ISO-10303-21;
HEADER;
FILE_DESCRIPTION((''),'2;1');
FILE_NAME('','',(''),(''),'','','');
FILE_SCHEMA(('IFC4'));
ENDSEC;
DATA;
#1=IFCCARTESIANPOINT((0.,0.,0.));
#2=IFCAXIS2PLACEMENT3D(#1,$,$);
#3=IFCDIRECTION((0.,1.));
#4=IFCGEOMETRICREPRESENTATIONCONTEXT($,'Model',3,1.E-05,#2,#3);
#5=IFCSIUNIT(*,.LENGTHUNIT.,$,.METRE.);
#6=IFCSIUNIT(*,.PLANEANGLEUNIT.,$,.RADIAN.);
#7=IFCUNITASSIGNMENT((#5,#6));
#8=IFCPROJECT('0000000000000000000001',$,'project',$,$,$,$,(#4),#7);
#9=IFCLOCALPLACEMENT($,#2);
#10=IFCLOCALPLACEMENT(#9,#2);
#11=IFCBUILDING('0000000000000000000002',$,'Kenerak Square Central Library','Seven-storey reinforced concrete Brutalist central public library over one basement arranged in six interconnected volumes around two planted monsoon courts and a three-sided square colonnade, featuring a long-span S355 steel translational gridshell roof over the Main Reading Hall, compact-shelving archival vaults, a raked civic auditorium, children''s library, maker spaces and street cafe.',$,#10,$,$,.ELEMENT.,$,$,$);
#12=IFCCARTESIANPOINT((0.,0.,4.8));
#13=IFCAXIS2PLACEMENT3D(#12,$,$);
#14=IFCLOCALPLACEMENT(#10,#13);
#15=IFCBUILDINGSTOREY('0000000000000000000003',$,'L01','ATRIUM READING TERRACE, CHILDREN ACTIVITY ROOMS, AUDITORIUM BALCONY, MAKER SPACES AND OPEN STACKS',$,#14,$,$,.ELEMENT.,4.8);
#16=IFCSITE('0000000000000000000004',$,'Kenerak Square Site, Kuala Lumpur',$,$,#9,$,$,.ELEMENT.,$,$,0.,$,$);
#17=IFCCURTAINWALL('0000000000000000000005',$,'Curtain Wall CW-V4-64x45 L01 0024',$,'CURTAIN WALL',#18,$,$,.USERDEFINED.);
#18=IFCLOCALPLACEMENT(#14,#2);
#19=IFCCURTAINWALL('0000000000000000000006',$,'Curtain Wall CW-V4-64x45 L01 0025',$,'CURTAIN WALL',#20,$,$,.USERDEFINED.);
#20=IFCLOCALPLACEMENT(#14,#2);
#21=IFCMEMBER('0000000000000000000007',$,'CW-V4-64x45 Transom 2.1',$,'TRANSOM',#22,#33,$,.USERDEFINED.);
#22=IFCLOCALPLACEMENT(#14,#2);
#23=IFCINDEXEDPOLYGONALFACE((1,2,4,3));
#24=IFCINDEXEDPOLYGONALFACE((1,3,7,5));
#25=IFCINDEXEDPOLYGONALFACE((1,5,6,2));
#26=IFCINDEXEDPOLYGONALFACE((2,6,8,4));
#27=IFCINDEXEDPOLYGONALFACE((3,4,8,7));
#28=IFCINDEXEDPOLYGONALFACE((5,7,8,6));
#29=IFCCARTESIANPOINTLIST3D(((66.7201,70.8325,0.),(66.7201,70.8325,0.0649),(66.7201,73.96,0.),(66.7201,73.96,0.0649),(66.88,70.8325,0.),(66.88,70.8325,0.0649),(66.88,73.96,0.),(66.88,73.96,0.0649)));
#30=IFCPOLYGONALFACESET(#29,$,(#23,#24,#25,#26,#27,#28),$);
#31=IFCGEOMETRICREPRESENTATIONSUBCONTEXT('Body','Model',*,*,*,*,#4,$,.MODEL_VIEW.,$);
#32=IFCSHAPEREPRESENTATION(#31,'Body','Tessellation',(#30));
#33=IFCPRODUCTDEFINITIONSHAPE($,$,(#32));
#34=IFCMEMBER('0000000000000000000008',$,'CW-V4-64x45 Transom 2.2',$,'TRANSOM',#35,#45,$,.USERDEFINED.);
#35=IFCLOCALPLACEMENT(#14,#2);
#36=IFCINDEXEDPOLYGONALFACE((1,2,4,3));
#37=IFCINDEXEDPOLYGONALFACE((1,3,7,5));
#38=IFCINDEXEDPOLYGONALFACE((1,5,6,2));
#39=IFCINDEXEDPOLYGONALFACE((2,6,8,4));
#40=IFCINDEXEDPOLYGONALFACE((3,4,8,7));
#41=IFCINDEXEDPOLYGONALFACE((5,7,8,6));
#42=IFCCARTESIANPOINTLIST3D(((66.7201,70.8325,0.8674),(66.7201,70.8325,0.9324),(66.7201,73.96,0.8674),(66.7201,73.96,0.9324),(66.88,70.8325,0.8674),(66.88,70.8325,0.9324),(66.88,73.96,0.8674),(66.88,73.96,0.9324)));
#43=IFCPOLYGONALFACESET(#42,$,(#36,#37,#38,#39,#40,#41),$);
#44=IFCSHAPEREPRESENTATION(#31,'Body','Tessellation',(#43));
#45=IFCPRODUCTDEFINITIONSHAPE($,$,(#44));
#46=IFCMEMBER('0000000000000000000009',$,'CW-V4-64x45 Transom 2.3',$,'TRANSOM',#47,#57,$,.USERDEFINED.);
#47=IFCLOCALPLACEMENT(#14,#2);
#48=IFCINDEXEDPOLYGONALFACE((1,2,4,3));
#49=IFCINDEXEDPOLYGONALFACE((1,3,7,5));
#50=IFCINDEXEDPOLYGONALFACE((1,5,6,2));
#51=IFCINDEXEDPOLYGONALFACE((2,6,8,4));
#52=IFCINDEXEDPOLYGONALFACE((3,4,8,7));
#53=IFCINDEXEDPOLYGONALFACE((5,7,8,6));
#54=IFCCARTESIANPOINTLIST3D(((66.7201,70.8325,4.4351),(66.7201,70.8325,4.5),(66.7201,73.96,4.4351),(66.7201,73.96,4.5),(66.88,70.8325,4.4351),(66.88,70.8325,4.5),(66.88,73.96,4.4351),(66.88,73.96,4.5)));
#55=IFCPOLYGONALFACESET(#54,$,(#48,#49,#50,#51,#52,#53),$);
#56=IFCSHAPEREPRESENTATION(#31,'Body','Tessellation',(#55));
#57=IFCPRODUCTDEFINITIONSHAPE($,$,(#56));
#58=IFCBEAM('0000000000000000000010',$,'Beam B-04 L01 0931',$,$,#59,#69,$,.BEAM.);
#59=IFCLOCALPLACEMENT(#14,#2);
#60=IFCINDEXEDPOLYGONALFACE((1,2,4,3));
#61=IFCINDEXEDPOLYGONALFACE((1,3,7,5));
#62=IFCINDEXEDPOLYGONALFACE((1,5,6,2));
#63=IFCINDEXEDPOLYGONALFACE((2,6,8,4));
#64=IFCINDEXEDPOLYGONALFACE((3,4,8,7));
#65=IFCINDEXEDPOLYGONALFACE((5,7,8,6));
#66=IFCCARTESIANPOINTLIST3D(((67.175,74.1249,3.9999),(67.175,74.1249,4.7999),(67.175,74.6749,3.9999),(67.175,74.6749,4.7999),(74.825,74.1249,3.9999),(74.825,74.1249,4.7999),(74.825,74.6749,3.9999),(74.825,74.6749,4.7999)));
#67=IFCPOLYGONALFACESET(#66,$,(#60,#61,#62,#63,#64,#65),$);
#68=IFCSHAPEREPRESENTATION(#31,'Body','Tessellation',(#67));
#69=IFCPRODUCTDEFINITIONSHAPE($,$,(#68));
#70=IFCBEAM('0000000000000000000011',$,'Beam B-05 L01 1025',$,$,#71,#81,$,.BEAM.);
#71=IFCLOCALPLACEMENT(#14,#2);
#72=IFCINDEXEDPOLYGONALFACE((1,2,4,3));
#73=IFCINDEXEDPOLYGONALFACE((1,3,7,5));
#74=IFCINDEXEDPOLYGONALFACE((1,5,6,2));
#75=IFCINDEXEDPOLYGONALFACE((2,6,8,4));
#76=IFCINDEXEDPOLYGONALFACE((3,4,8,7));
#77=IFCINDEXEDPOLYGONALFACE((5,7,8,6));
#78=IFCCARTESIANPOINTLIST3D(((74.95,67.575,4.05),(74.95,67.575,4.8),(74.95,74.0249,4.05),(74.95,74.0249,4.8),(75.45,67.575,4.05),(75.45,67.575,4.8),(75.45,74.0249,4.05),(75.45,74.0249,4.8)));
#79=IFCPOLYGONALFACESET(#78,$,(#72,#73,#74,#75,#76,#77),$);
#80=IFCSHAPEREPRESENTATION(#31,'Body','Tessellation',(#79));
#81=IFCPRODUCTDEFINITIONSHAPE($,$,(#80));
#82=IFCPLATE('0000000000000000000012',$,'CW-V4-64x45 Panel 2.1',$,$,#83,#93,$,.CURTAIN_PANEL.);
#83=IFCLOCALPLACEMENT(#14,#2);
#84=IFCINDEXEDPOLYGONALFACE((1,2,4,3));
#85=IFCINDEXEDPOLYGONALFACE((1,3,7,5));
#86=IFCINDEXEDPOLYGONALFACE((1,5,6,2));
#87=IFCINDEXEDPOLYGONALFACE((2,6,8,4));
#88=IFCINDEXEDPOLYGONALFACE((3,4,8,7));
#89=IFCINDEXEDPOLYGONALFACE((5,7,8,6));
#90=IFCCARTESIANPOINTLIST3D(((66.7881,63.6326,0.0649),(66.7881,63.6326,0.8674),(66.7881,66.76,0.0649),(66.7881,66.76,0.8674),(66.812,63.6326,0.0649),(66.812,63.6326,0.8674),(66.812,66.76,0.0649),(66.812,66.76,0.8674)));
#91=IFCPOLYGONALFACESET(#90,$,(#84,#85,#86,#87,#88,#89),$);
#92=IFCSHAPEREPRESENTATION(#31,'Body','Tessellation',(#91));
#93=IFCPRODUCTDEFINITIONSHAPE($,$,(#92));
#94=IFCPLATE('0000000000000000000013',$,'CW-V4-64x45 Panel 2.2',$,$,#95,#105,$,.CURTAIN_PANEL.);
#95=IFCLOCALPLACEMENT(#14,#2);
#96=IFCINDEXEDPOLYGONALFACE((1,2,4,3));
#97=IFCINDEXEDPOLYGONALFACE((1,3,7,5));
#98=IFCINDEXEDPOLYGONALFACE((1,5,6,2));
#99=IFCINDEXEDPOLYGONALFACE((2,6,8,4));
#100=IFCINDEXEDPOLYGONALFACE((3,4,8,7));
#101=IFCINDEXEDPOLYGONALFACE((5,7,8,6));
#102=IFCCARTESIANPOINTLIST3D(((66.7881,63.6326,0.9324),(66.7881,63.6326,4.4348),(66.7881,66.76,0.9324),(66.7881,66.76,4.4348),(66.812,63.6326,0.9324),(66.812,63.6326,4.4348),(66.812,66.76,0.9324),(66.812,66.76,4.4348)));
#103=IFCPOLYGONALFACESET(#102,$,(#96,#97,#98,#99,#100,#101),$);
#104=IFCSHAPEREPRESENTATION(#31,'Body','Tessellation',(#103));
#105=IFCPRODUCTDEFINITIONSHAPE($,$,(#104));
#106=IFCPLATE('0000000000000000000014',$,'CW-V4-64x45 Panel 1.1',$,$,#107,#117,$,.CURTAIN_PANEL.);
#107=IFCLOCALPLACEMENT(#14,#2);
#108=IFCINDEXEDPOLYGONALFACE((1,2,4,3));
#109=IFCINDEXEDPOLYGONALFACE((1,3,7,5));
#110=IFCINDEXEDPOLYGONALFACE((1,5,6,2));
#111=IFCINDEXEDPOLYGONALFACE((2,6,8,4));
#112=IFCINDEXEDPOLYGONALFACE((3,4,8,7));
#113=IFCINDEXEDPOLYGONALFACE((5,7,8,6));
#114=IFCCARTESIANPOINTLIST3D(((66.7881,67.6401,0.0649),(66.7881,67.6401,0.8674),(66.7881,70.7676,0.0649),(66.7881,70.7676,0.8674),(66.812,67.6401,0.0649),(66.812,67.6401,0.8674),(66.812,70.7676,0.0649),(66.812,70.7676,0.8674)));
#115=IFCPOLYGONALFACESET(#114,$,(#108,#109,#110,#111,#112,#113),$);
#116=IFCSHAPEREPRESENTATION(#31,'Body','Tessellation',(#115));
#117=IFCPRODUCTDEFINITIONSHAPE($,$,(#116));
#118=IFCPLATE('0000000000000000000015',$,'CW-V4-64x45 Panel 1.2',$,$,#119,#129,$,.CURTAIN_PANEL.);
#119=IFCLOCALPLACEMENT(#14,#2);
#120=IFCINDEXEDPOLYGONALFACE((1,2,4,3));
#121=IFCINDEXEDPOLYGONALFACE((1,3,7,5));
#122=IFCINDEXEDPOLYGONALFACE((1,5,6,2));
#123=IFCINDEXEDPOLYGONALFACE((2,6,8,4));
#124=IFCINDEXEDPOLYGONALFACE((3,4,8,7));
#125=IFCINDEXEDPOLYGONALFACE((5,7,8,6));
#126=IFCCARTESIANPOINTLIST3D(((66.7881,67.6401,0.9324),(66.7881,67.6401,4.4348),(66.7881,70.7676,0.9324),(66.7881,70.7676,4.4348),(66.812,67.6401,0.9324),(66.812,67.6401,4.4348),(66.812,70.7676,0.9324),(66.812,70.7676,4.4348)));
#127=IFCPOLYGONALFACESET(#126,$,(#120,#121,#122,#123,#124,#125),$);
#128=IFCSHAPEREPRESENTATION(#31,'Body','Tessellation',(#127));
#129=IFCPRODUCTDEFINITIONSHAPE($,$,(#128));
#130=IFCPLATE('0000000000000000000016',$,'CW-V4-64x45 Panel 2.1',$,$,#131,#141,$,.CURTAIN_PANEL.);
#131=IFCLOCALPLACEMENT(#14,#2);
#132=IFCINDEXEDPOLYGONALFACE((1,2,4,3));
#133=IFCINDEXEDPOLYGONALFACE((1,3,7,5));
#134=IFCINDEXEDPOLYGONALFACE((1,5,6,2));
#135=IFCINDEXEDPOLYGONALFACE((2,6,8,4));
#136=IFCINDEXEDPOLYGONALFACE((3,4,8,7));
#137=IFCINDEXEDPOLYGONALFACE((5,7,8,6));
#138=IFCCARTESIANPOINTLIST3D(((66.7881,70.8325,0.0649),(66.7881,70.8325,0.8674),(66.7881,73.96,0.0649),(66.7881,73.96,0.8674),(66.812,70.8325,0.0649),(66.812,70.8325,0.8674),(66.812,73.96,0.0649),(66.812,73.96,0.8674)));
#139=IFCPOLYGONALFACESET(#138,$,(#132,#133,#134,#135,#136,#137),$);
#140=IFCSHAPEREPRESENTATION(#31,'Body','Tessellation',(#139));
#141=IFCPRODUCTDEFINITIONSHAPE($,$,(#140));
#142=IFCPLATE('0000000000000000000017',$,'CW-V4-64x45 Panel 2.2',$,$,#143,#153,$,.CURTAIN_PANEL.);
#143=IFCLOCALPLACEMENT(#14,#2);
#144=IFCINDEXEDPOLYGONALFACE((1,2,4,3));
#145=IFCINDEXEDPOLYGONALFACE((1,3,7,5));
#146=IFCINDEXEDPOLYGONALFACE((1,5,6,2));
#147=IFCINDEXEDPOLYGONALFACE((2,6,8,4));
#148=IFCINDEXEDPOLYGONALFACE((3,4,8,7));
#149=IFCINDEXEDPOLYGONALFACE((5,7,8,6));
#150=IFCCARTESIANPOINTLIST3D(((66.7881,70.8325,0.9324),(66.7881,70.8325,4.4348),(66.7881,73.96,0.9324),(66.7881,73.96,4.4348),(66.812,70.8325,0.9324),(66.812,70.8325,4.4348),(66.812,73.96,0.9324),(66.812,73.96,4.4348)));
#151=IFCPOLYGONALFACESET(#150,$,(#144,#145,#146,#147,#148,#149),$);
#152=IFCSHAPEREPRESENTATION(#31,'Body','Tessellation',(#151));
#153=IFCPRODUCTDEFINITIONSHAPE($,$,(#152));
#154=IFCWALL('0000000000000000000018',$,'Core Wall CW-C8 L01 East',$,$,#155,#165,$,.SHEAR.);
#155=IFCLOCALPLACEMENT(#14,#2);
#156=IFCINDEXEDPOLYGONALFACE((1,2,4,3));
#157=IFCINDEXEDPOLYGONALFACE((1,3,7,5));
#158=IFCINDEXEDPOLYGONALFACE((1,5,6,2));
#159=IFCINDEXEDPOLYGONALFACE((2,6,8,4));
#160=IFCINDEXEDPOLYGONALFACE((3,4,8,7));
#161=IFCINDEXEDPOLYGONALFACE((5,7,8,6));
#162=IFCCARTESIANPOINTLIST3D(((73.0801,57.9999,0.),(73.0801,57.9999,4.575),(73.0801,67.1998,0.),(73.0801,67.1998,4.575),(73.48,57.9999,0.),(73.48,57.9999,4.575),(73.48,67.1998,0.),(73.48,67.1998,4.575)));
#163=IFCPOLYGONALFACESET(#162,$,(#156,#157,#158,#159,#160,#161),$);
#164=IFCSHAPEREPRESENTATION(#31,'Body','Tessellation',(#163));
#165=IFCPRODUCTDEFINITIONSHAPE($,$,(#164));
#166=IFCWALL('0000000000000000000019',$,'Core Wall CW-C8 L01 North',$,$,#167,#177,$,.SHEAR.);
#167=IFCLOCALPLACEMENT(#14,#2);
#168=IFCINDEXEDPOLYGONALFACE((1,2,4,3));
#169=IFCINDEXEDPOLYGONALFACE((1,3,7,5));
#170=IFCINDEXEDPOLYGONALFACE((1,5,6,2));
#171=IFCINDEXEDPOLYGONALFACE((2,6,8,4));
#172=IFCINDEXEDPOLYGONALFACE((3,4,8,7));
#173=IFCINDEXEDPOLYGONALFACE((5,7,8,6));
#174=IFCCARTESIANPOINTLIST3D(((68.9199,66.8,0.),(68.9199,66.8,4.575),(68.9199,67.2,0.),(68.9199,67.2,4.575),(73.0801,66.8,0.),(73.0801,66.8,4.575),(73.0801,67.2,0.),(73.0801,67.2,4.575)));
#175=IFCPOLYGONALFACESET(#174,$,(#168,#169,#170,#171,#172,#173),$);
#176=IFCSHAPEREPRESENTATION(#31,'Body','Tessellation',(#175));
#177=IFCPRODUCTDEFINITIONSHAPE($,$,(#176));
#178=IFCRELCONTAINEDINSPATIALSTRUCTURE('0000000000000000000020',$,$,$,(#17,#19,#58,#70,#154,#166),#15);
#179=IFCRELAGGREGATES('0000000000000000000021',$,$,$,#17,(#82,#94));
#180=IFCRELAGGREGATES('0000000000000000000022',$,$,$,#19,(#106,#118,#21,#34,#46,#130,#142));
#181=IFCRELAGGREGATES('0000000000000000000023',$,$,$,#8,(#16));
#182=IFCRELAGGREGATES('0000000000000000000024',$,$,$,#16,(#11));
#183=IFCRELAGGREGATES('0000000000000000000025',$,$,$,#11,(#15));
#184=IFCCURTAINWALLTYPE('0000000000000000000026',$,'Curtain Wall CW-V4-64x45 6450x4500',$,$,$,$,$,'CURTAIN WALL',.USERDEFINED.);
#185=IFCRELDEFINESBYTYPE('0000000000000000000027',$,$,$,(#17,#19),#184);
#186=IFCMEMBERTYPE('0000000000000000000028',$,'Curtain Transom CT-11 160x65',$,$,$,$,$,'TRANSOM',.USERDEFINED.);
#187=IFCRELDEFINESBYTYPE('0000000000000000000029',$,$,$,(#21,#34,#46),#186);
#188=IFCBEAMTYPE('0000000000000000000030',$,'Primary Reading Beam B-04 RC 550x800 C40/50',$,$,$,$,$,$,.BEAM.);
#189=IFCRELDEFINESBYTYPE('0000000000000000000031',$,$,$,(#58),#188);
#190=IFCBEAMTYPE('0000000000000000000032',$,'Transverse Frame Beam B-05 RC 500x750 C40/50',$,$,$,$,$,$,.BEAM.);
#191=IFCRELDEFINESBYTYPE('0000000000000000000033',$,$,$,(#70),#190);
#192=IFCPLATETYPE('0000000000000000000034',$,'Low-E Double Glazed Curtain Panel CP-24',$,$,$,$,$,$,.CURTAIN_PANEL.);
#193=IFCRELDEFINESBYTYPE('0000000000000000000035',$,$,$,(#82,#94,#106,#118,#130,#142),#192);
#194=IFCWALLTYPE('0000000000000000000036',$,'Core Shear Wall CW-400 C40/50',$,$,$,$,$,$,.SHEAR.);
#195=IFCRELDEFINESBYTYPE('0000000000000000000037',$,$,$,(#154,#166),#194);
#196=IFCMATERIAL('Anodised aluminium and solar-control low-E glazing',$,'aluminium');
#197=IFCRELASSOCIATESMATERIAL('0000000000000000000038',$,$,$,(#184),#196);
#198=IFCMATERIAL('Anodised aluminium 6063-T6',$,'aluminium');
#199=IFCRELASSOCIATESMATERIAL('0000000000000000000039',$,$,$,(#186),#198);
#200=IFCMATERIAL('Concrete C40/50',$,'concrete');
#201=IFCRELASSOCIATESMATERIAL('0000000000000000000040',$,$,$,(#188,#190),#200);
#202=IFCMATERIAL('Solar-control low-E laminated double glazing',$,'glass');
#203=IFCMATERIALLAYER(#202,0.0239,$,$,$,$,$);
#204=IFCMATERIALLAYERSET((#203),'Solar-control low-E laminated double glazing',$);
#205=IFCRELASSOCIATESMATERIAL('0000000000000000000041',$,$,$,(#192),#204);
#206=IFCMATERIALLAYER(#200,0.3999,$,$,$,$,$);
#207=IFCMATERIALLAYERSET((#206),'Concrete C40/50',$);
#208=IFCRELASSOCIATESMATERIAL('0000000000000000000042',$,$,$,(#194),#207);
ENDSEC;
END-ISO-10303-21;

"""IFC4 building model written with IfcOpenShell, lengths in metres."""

from ifc_helpers import new_model, si_unit, direction, frame, frame_2d, origin, origin_2d, place, context, subcontext, project, spatial, rectangle, extrude, material, layer, layer_set, material_profile, profile_set, type_object, element, aggregate, save


model = new_model("IFC4")

# Units and contexts
model_context = context("Model", 3, precision=1e-05, world=origin(), true_north=direction((0.0, 1.0)))
body_context = subcontext(model_context, "Body", "Model", "MODEL_VIEW")
ifc_project = project(units=[si_unit("LENGTHUNIT", "METRE"), si_unit("PLANEANGLEUNIT", "RADIAN")], contexts=[model_context])

# Site, building, storey
site_placement = place(None, origin())
site = spatial("IfcSite", under=ifc_project, at=site_placement, Name="Kenerak Square Site, Kuala Lumpur", CompositionType="ELEMENT", RefElevation=0.0)
building_placement = place(site_placement, origin())
building = spatial("IfcBuilding", under=site, at=building_placement, Name="Kenerak Square Central Library", Description="Seven-storey reinforced concrete Brutalist central public library over one basement arranged in six interconnected volumes around two planted monsoon courts and a three-sided square colonnade, featuring a long-span S355 steel translational gridshell roof over the Main Reading Hall, compact-shelving archival vaults, a raked civic auditorium, children's library, maker spaces and street cafe.", CompositionType="ELEMENT")
storey_placement = place(building_placement, frame((0.0, 0.0, 4.8)))
storey = spatial("IfcBuildingStorey", under=building, at=storey_placement, Name="L01", Description="ATRIUM READING TERRACE, CHILDREN ACTIVITY ROOMS, AUDITORIUM BALCONY, MAKER SPACES AND OPEN STACKS", CompositionType="ELEMENT", Elevation=4.8)

# Shared definitions
ifc_material_1 = material(Name="Concrete C40/50", Category="concrete")

# Curtain wall
ifc_material_2 = material(Name="Anodised aluminium and solar-control low-E glazing", Category="aluminium")
curtain_wall_type = type_object("IfcCurtainWallType", Name="Curtain Wall CW-V4-64x45 6450x4500", ElementType="CURTAIN WALL", PredefinedType="USERDEFINED", material=ifc_material_2)
curtain_wall_1_placement = place(storey_placement, origin())
curtain_wall_1 = element("IfcCurtainWall", 1, at=curtain_wall_1_placement, inside=storey, type_object=curtain_wall_type, Name="Curtain Wall CW-V4-64x45 L01 0024", ObjectType="CURTAIN WALL", PredefinedType="USERDEFINED")
ifc_material_3 = material(Name="Anodised aluminium 6063-T6", Category="aluminium")

# Curtain wall
curtain_wall_2_placement = place(storey_placement, origin())
curtain_wall_2 = element("IfcCurtainWall", 2, at=curtain_wall_2_placement, inside=storey, type_object=curtain_wall_type, Name="Curtain Wall CW-V4-64x45 L01 0025", ObjectType="CURTAIN WALL", PredefinedType="USERDEFINED")

# Members
ifc_material_profile_1 = material_profile(ifc_material_3, rectangle(XDim=0.1599, YDim=0.0649, at=origin_2d()), Name="AL TRANSOM 160x65")
ifc_profile_set_1 = profile_set([ifc_material_profile_1], Name="Anodised aluminium 6063-T6")
member_type_1 = type_object("IfcMemberType", Name="Curtain Transom CT-11 160x65", ElementType="TRANSOM", PredefinedType="USERDEFINED", material=ifc_profile_set_1)
member_1_placement = place(storey_placement, frame((66.8, 70.8325, 0.0325), z_axis=(0.0, 1.0, 0.0), x_axis=(-1.0, 0.0, 0.0)))
member_1 = element("IfcMember", 3, at=member_1_placement, type_object=member_type_1, Name="CW-V4-64x45 Transom 2.1", ObjectType="TRANSOM", PredefinedType="USERDEFINED", context=body_context, shape_type="SweptSolid", body=[
    extrude(rectangle(XDim=0.1599, YDim=0.0649, at=origin_2d()), origin(), (0.0, 0.0, 1.0), 3.1274),
])
member_2_placement = place(storey_placement, frame((66.8, 70.8325, 0.8999), z_axis=(0.0, 1.0, 0.0), x_axis=(-1.0, 0.0, 0.0)))
member_2 = element("IfcMember", 4, at=member_2_placement, type_object=member_type_1, Name="CW-V4-64x45 Transom 2.2", ObjectType="TRANSOM", PredefinedType="USERDEFINED", context=body_context, shape_type="SweptSolid", body=[
    extrude(rectangle(XDim=0.1599, YDim=0.0649, at=origin_2d()), origin(), (0.0, 0.0, 1.0), 3.1274),
])
member_3_placement = place(storey_placement, frame((66.8, 70.8325, 4.4675), z_axis=(0.0, 1.0, 0.0), x_axis=(-1.0, 0.0, 0.0)))
member_3 = element("IfcMember", 5, at=member_3_placement, type_object=member_type_1, Name="CW-V4-64x45 Transom 2.3", ObjectType="TRANSOM", PredefinedType="USERDEFINED", context=body_context, shape_type="SweptSolid", body=[
    extrude(rectangle(XDim=0.1599, YDim=0.0649, at=origin_2d()), origin(), (0.0, 0.0, 1.0), 3.1274),
])

# Beams
ifc_material_profile_2 = material_profile(ifc_material_1, rectangle(XDim=0.55, YDim=0.8, at=origin_2d()), Name="RC 550x800")
ifc_profile_set_2 = profile_set([ifc_material_profile_2], Name="Concrete C40/50")
beam_type_1 = type_object("IfcBeamType", Name="Primary Reading Beam B-04 RC 550x800 C40/50", PredefinedType="BEAM", material=ifc_profile_set_2)
beam_1_placement = place(storey_placement, frame((67.175, 74.3999, 4.3999), z_axis=(1.0, 0.0, 0.0), x_axis=(0.0, 1.0, 0.0)))
element("IfcBeam", 6, at=beam_1_placement, inside=storey, type_object=beam_type_1, Name="Beam B-04 L01 0931", PredefinedType="BEAM", context=body_context, shape_type="SweptSolid", body=[
    extrude(rectangle(XDim=0.55, YDim=0.8, at=origin_2d()), origin(), (0.0, 0.0, 1.0), 7.6499),
])
ifc_material_profile_3 = material_profile(ifc_material_1, rectangle(XDim=0.5, YDim=0.75, at=origin_2d()), Name="RC 500x750")
ifc_profile_set_3 = profile_set([ifc_material_profile_3], Name="Concrete C40/50")
beam_type_2 = type_object("IfcBeamType", Name="Transverse Frame Beam B-05 RC 500x750 C40/50", PredefinedType="BEAM", material=ifc_profile_set_3)
beam_2_placement = place(storey_placement, frame((75.2, 67.575, 4.425), z_axis=(0.0, 1.0, 0.0), x_axis=(-1.0, 0.0, 0.0)))
element("IfcBeam", 7, at=beam_2_placement, inside=storey, type_object=beam_type_2, Name="Beam B-05 L01 1025", PredefinedType="BEAM", context=body_context, shape_type="SweptSolid", body=[
    extrude(rectangle(XDim=0.5, YDim=0.75, at=origin_2d()), origin(), (0.0, 0.0, 1.0), 6.45),
])

# Plates
ifc_material_4 = material(Name="Solar-control low-E laminated double glazing", Category="glass")
ifc_layer_1 = layer(ifc_material_4, 0.0239)
ifc_layer_set_1 = layer_set([ifc_layer_1], Name="Solar-control low-E laminated double glazing")
plate_type = type_object("IfcPlateType", Name="Low-E Double Glazed Curtain Panel CP-24", PredefinedType="CURTAIN_PANEL", material=ifc_layer_set_1)
plate_1_placement = place(storey_placement, frame((66.8, 65.1963, 0.0649), z_axis=(0.0, 0.0, 1.0), x_axis=(0.0, 1.0, 0.0)))
plate_1 = element("IfcPlate", 8, at=plate_1_placement, type_object=plate_type, Name="CW-V4-64x45 Panel 2.1", PredefinedType="CURTAIN_PANEL", context=body_context, shape_type="SweptSolid", body=[
    extrude(rectangle(XDim=3.1274, YDim=0.0239, at=origin_2d()), origin(), (0.0, 0.0, 1.0), 0.8025),
])
plate_2_placement = place(storey_placement, frame((66.8, 65.1963, 0.9324), z_axis=(0.0, 0.0, 1.0), x_axis=(0.0, 1.0, 0.0)))
plate_2 = element("IfcPlate", 9, at=plate_2_placement, type_object=plate_type, Name="CW-V4-64x45 Panel 2.2", PredefinedType="CURTAIN_PANEL", context=body_context, shape_type="SweptSolid", body=[
    extrude(rectangle(XDim=3.1274, YDim=0.0239, at=origin_2d()), origin(), (0.0, 0.0, 1.0), 3.5024),
])
aggregate(curtain_wall_1, [plate_1, plate_2])
plate_3_placement = place(storey_placement, frame((66.8, 69.2039, 0.0649), z_axis=(0.0, 0.0, 1.0), x_axis=(0.0, 1.0, 0.0)))
plate_3 = element("IfcPlate", 10, at=plate_3_placement, type_object=plate_type, Name="CW-V4-64x45 Panel 1.1", PredefinedType="CURTAIN_PANEL", context=body_context, shape_type="SweptSolid", body=[
    extrude(rectangle(XDim=3.1274, YDim=0.0239, at=origin_2d()), origin(), (0.0, 0.0, 1.0), 0.8025),
])
plate_4_placement = place(storey_placement, frame((66.8, 69.2039, 0.9324), z_axis=(0.0, 0.0, 1.0), x_axis=(0.0, 1.0, 0.0)))
plate_4 = element("IfcPlate", 11, at=plate_4_placement, type_object=plate_type, Name="CW-V4-64x45 Panel 1.2", PredefinedType="CURTAIN_PANEL", context=body_context, shape_type="SweptSolid", body=[
    extrude(rectangle(XDim=3.1274, YDim=0.0239, at=origin_2d()), origin(), (0.0, 0.0, 1.0), 3.5024),
])
plate_5_placement = place(storey_placement, frame((66.8, 72.3962, 0.0649), z_axis=(0.0, 0.0, 1.0), x_axis=(0.0, 1.0, 0.0)))
plate_5 = element("IfcPlate", 12, at=plate_5_placement, type_object=plate_type, Name="CW-V4-64x45 Panel 2.1", PredefinedType="CURTAIN_PANEL", context=body_context, shape_type="SweptSolid", body=[
    extrude(rectangle(XDim=3.1274, YDim=0.0239, at=origin_2d()), origin(), (0.0, 0.0, 1.0), 0.8025),
])
plate_6_placement = place(storey_placement, frame((66.8, 72.3962, 0.9324), z_axis=(0.0, 0.0, 1.0), x_axis=(0.0, 1.0, 0.0)))
plate_6 = element("IfcPlate", 13, at=plate_6_placement, type_object=plate_type, Name="CW-V4-64x45 Panel 2.2", PredefinedType="CURTAIN_PANEL", context=body_context, shape_type="SweptSolid", body=[
    extrude(rectangle(XDim=3.1274, YDim=0.0239, at=origin_2d()), origin(), (0.0, 0.0, 1.0), 3.5024),
])
aggregate(curtain_wall_2, [plate_3, plate_4, member_1, member_2, member_3, plate_5, plate_6])

# Walls
ifc_layer_2 = layer(ifc_material_1, 0.3999)
ifc_layer_set_2 = layer_set([ifc_layer_2], Name="Concrete C40/50")
wall_type = type_object("IfcWallType", Name="Core Shear Wall CW-400 C40/50", PredefinedType="SHEAR", material=ifc_layer_set_2)
wall_1_placement = place(storey_placement, frame((73.28, 67.2, 0.0), z_axis=(0.0, 0.0, 1.0), x_axis=(0.0, -1.0, 0.0)))
element("IfcWall", 14, at=wall_1_placement, inside=storey, type_object=wall_type, Name="Core Wall CW-C8 L01 East", PredefinedType="SHEAR", context=body_context, shape_type="SweptSolid", body=[
    extrude(rectangle(XDim=9.2, YDim=0.3999, at=frame_2d((4.6001, 0.0))), origin(), (0.0, 0.0, 1.0), 4.575),
])
wall_2_placement = place(storey_placement, frame((68.9199, 67.0, 0.0), z_axis=(0.0, 0.0, 1.0), x_axis=(1.0, 0.0, 0.0)))
element("IfcWall", 15, at=wall_2_placement, inside=storey, type_object=wall_type, Name="Core Wall CW-C8 L01 North", PredefinedType="SHEAR", context=body_context, shape_type="SweptSolid", body=[
    extrude(rectangle(XDim=4.1602, YDim=0.3999, at=frame_2d((2.0801, 0.0))), origin(), (0.0, 0.0, 1.0), 4.575),
])

save(model, "model.ifc")
